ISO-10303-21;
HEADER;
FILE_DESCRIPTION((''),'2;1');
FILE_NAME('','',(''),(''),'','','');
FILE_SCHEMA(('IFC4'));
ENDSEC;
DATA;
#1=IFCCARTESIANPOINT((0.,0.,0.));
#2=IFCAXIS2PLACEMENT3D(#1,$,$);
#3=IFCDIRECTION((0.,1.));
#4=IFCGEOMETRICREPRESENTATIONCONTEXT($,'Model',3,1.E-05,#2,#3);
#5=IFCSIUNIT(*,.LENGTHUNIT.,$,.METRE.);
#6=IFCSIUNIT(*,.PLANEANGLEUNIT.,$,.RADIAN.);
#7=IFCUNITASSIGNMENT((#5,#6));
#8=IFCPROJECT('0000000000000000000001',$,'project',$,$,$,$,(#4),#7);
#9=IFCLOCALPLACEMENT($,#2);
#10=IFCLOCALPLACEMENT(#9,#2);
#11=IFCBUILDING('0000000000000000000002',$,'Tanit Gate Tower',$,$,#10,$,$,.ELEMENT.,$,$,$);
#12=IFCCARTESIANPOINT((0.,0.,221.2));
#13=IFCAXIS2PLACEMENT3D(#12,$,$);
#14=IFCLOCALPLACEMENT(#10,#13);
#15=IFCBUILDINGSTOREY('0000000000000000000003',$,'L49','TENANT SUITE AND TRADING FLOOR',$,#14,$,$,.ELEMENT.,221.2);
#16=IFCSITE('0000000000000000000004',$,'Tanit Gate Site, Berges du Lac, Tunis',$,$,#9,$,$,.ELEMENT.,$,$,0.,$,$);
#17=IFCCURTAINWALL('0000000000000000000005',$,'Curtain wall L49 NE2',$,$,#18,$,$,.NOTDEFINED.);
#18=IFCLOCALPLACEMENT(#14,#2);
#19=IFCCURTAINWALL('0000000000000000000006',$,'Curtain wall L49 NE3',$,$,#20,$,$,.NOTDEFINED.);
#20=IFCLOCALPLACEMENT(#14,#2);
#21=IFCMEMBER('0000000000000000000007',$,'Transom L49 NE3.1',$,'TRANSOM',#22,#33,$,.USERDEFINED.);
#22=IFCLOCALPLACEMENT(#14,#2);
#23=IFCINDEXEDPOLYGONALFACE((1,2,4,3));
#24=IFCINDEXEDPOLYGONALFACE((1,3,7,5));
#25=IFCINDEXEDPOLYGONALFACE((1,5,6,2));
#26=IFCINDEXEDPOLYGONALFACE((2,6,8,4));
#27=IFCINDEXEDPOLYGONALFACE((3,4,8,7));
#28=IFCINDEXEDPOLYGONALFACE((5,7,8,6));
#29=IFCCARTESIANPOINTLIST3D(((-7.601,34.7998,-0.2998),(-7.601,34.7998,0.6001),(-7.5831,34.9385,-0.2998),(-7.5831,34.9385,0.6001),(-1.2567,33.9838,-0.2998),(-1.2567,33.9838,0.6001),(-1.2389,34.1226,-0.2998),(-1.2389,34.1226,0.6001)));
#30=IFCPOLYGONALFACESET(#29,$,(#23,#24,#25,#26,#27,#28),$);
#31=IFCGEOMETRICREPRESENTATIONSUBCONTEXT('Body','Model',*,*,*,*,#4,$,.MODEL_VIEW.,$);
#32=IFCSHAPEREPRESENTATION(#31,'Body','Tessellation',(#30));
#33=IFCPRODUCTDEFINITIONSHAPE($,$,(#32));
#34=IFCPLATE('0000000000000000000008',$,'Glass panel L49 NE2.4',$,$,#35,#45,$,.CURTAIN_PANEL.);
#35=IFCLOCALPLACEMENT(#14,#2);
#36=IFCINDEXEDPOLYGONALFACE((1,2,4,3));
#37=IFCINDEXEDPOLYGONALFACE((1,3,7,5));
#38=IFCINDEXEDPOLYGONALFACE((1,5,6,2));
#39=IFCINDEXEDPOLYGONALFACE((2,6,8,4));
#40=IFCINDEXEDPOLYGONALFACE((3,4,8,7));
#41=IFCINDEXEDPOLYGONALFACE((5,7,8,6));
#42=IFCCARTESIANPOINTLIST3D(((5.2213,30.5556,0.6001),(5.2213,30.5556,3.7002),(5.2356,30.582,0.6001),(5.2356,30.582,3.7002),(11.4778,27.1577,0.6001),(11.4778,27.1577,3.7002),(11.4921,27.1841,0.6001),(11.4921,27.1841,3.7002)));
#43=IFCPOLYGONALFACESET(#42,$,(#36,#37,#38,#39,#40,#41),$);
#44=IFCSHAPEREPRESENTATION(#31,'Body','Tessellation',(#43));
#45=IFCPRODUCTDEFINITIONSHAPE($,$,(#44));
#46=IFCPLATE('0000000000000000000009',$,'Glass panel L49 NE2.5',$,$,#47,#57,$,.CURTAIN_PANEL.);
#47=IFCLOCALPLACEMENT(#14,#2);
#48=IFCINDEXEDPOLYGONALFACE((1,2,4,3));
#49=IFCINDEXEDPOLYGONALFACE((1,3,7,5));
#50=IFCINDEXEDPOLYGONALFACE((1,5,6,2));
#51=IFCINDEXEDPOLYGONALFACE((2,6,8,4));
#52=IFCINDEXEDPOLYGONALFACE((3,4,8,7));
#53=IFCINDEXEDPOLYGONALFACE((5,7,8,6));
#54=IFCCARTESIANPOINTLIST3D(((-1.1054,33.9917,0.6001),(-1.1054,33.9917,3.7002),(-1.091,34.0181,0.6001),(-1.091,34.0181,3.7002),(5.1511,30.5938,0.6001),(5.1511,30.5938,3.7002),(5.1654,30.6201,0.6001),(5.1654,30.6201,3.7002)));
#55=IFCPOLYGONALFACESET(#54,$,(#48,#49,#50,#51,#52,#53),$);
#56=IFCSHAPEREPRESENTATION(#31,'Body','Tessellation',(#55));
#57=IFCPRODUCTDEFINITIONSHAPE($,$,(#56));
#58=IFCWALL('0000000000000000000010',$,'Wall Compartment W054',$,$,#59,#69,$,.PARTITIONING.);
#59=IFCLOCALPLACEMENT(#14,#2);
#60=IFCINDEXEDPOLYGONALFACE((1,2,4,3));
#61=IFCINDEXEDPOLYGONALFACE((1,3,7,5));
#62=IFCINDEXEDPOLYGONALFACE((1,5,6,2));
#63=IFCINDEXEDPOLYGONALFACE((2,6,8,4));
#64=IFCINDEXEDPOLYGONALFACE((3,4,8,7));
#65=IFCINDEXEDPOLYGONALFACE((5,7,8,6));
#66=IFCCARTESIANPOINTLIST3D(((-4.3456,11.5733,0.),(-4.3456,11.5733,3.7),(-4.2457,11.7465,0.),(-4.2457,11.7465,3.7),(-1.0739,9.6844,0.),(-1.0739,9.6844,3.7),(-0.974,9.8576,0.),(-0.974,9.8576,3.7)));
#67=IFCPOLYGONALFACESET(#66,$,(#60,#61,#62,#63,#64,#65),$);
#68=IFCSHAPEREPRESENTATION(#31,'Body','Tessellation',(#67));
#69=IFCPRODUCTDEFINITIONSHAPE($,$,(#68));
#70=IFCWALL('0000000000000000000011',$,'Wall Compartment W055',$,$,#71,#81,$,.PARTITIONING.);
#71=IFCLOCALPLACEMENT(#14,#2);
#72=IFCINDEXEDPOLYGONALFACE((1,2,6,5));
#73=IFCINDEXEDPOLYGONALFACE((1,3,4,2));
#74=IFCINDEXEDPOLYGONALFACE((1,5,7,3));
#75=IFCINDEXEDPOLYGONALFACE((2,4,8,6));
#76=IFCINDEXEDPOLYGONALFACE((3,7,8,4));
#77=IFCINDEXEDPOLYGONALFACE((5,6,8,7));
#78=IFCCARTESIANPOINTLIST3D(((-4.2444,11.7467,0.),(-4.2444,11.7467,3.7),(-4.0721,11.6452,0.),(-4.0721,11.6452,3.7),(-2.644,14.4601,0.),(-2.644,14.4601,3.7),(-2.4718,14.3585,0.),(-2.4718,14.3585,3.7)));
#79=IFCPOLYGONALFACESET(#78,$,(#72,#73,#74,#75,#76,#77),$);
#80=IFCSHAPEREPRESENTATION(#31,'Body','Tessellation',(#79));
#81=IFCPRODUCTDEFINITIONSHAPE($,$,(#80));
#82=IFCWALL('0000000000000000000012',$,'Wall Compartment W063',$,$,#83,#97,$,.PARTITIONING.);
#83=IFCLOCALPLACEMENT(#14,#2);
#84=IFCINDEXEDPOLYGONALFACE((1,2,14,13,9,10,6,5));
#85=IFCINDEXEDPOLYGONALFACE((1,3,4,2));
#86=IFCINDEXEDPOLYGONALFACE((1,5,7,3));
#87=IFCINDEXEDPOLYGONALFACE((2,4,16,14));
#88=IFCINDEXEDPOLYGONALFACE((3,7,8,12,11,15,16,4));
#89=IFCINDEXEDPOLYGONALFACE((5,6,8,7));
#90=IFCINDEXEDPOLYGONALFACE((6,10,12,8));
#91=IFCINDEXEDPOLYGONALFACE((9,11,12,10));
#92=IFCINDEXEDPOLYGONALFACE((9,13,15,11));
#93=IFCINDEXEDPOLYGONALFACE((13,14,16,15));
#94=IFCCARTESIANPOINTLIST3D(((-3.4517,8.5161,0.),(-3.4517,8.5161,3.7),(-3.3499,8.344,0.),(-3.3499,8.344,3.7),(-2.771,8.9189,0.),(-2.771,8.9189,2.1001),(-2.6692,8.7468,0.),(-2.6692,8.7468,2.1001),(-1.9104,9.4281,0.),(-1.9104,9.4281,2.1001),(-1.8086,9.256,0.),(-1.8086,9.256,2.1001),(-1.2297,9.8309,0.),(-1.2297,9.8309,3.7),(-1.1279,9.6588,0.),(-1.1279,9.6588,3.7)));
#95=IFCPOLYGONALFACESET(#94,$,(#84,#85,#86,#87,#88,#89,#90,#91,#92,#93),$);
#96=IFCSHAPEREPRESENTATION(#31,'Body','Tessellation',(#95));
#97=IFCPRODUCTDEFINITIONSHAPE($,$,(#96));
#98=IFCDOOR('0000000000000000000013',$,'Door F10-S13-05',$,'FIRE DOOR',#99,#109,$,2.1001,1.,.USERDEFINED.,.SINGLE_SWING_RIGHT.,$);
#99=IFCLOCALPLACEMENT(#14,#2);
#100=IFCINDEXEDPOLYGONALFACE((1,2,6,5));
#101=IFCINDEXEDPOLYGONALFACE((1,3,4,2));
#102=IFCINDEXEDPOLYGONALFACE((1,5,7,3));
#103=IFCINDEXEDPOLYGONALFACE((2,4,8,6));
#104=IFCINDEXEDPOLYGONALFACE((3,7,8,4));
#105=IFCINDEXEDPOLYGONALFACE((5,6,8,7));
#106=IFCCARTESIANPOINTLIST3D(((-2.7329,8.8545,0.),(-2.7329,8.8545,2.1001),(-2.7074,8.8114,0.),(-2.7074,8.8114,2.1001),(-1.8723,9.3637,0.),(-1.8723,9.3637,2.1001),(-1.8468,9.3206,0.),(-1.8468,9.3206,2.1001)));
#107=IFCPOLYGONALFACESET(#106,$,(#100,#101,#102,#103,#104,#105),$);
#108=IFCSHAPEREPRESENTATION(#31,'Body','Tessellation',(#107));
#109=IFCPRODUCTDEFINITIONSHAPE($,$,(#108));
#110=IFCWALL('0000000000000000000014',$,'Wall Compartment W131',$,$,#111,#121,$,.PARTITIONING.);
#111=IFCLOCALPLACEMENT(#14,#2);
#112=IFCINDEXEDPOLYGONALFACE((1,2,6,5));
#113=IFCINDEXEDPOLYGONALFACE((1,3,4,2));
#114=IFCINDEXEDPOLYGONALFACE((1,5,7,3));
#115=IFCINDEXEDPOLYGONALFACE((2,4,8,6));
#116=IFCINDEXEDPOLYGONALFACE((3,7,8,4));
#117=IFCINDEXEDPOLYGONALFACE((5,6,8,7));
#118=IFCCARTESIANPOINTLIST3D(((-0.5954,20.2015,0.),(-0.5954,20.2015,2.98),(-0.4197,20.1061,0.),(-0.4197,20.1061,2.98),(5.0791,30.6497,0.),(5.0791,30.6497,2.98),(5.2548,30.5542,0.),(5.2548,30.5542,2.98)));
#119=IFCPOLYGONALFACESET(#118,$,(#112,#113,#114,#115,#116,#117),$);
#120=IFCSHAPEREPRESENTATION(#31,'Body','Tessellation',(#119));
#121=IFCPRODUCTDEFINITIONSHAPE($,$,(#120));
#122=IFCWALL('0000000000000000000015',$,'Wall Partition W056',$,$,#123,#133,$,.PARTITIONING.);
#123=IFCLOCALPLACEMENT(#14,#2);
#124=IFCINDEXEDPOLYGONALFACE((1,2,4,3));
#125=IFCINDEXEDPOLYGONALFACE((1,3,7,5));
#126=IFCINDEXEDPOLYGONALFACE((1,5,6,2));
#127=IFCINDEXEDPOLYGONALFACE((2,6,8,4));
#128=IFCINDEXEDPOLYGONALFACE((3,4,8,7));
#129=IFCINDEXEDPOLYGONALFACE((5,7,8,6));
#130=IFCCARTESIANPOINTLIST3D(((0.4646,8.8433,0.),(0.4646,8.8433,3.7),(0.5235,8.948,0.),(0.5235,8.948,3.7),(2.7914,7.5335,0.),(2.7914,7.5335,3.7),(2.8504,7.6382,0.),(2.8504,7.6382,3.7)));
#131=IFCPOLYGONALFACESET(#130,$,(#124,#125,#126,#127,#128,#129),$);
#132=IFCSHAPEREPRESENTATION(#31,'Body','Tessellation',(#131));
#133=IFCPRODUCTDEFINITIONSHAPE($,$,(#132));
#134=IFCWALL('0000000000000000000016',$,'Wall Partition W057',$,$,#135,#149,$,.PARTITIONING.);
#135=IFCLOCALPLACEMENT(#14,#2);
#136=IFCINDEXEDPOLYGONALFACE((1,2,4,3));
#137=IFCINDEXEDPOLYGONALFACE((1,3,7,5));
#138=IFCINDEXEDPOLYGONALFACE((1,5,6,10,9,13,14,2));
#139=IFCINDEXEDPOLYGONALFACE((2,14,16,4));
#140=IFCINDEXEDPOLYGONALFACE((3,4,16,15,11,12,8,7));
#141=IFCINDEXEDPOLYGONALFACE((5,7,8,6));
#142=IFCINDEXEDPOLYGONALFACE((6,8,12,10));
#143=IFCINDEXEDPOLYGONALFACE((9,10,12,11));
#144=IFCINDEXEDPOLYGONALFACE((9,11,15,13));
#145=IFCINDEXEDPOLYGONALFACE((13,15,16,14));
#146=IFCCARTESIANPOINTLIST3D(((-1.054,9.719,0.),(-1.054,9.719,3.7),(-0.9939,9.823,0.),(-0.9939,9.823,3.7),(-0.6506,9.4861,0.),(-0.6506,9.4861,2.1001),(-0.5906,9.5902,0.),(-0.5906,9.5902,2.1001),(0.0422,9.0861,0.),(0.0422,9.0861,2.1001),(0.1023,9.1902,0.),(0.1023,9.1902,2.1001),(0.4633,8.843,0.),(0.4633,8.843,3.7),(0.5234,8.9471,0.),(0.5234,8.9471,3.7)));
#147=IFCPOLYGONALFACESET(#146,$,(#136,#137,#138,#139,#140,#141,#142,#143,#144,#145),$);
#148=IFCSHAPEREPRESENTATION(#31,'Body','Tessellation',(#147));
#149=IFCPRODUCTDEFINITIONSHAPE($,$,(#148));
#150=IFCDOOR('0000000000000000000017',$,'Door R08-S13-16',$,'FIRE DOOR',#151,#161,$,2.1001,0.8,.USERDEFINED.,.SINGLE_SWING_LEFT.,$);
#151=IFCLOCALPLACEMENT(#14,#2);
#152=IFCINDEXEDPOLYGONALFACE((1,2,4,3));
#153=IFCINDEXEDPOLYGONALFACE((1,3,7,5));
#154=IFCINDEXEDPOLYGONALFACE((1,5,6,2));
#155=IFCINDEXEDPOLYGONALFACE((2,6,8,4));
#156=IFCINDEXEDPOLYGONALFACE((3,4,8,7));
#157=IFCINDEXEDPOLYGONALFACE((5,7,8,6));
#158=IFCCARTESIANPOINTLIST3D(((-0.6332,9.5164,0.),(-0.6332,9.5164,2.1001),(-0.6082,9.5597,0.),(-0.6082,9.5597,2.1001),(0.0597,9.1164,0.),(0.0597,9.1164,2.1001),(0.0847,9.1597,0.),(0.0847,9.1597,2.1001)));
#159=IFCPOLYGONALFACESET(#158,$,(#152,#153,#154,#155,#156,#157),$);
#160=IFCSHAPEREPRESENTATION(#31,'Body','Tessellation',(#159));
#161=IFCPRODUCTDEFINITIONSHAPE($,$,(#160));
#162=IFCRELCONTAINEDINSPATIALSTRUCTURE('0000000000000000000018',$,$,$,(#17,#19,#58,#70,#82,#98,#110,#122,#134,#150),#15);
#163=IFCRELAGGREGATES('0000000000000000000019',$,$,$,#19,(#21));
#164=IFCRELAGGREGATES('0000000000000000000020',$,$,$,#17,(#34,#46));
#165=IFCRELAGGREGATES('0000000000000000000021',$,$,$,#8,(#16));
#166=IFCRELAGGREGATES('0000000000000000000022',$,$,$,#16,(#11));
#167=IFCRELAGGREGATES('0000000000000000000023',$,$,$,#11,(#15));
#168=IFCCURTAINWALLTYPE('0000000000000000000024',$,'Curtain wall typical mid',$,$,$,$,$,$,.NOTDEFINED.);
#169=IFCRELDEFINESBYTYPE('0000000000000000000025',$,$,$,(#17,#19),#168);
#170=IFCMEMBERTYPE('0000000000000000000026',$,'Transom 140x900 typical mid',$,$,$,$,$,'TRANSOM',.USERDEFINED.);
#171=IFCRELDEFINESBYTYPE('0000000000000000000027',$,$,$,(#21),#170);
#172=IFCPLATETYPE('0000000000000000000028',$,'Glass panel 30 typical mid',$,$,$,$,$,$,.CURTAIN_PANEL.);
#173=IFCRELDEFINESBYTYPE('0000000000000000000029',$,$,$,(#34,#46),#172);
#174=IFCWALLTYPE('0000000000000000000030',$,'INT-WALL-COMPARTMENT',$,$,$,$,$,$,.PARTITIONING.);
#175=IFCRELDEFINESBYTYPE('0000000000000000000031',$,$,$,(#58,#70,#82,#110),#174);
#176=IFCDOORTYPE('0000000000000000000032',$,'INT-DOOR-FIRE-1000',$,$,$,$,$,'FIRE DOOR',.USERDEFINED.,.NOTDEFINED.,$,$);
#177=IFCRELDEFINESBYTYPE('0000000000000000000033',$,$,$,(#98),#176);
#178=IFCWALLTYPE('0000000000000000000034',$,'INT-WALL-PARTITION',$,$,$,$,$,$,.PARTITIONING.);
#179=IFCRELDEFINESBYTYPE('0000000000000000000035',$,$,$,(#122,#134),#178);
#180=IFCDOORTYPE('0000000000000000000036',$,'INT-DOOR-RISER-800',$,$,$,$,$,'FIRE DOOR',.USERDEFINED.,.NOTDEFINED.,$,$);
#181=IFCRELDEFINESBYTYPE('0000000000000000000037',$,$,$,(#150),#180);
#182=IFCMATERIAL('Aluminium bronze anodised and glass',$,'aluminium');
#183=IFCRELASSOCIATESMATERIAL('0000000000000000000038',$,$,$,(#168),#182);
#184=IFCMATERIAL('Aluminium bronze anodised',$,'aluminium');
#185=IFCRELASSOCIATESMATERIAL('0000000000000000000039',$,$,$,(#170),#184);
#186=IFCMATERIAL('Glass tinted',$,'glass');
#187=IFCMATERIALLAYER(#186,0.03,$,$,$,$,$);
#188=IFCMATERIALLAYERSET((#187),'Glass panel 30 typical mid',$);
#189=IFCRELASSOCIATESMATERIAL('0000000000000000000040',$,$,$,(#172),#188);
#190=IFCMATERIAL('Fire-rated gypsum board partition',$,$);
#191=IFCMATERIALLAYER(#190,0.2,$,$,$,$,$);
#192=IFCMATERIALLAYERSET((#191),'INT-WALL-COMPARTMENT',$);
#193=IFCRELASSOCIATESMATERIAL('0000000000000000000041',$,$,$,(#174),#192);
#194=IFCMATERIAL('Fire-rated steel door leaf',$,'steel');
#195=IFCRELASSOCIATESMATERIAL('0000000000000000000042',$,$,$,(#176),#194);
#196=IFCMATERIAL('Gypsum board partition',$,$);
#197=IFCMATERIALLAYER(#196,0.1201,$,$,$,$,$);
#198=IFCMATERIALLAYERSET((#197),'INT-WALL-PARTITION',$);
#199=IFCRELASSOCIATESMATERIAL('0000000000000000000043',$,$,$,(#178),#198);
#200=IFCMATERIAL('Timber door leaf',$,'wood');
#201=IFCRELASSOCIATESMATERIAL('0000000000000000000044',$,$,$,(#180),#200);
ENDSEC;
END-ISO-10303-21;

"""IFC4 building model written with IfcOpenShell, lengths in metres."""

from ifc_helpers import new_model, si_unit, direction, frame, frame_2d, origin, origin_2d, place, context, subcontext, project, spatial, rectangle, extrude, material, layer, layer_set, material_profile, profile_set, type_object, element, fill, aggregate, save


model = new_model("IFC4")

# Units and contexts
model_context = context("Model", 3, precision=1e-05, world=origin(), true_north=direction((0.0, 1.0)))
body_context = subcontext(model_context, "Body", "Model", "MODEL_VIEW")
ifc_project = project(units=[si_unit("LENGTHUNIT", "METRE"), si_unit("PLANEANGLEUNIT", "RADIAN")], contexts=[model_context])

# Site, building, storey
site_placement = place(None, origin())
site = spatial("IfcSite", under=ifc_project, at=site_placement, Name="Tanit Gate Site, Berges du Lac, Tunis", CompositionType="ELEMENT", RefElevation=0.0)
building_placement = place(site_placement, origin())
building = spatial("IfcBuilding", under=site, at=building_placement, Name="Tanit Gate Tower", CompositionType="ELEMENT")
storey_placement = place(building_placement, frame((0.0, 0.0, 221.2)))
storey = spatial("IfcBuildingStorey", under=building, at=storey_placement, Name="L49", Description="TENANT SUITE AND TRADING FLOOR", CompositionType="ELEMENT", Elevation=221.2)

# Curtain walls
ifc_material_1 = material(Name="Aluminium bronze anodised and glass", Category="aluminium")
curtain_wall_type = type_object("IfcCurtainWallType", Name="Curtain wall typical mid", PredefinedType="NOTDEFINED", material=ifc_material_1)
curtain_wall_1_placement = place(storey_placement, origin())
curtain_wall_1 = element("IfcCurtainWall", 1, at=curtain_wall_1_placement, inside=storey, type_object=curtain_wall_type, Name="Curtain wall L49 NE2", PredefinedType="NOTDEFINED")
curtain_wall_2_placement = place(storey_placement, origin())
curtain_wall_2 = element("IfcCurtainWall", 2, at=curtain_wall_2_placement, inside=storey, type_object=curtain_wall_type, Name="Curtain wall L49 NE3", PredefinedType="NOTDEFINED")

# Member
ifc_material_2 = material(Name="Aluminium bronze anodised", Category="aluminium")
ifc_material_profile_1 = material_profile(ifc_material_2, rectangle(XDim=0.1399, YDim=0.8999, at=origin_2d()), Name="140x900 bronze transom")
ifc_profile_set_1 = profile_set([ifc_material_profile_1], Name="Aluminium bronze anodised")
member_type_1 = type_object("IfcMemberType", Name="Transom 140x900 typical mid", ElementType="TRANSOM", PredefinedType="USERDEFINED", material=ifc_profile_set_1)
member_1_placement = place(storey_placement, frame((-1.2478, 34.0532, 0.1501), z_axis=(-0.991831, 0.127557, 0.0), x_axis=(-0.127557, -0.991831, 0.0)))
member_1 = element("IfcMember", 3, at=member_1_placement, type_object=member_type_1, Name="Transom L49 NE3.1", ObjectType="TRANSOM", PredefinedType="USERDEFINED", context=body_context, shape_type="SweptSolid", body=[
    extrude(rectangle(XDim=0.1399, YDim=0.8999, at=origin_2d()), origin(), (0.0, 0.0, 1.0), 6.3965),
])
aggregate(curtain_wall_2, [member_1])

# Plates
ifc_material_3 = material(Name="Glass tinted", Category="glass")
ifc_layer_1 = layer(ifc_material_3, 0.03)
ifc_layer_set_1 = layer_set([ifc_layer_1], Name="Glass panel 30 typical mid")
plate_type = type_object("IfcPlateType", Name="Glass panel 30 typical mid", PredefinedType="CURTAIN_PANEL", material=ifc_layer_set_1)
plate_1_placement = place(storey_placement, frame((8.3567, 28.8699, 0.6001), z_axis=(0.0, 0.0, 1.0), x_axis=(-0.878762, 0.477259, 0.0)))
plate_1 = element("IfcPlate", 4, at=plate_1_placement, type_object=plate_type, Name="Glass panel L49 NE2.4", PredefinedType="CURTAIN_PANEL", context=body_context, shape_type="SweptSolid", body=[
    extrude(rectangle(XDim=7.1196, YDim=0.03, at=origin_2d()), origin(), (0.0, 0.0, 1.0), 3.1001),
])
plate_2_placement = place(storey_placement, frame((2.03, 32.3059, 0.6001), z_axis=(0.0, 0.0, 1.0), x_axis=(-0.878762, 0.477259, 0.0)))
plate_2 = element("IfcPlate", 5, at=plate_2_placement, type_object=plate_type, Name="Glass panel L49 NE2.5", PredefinedType="CURTAIN_PANEL", context=body_context, shape_type="SweptSolid", body=[
    extrude(rectangle(XDim=7.1196, YDim=0.03, at=origin_2d()), origin(), (0.0, 0.0, 1.0), 3.1001),
])
aggregate(curtain_wall_1, [plate_1, plate_2])

# Walls
ifc_material_4 = material(Name="Fire-rated gypsum board partition")
ifc_layer_2 = layer(ifc_material_4, 0.2)
ifc_layer_set_2 = layer_set([ifc_layer_2], Name="INT-WALL-COMPARTMENT")
wall_type_1 = type_object("IfcWallType", Name="INT-WALL-COMPARTMENT", PredefinedType="PARTITIONING", material=ifc_layer_set_2)
wall_1_placement = place(storey_placement, frame((-4.2957, 11.6599, 0.0), z_axis=(0.0, 0.0, 1.0), x_axis=(0.866027, -0.499997, 0.0)))
element("IfcWall", 6, at=wall_1_placement, inside=storey, type_object=wall_type_1, Name="Wall Compartment W054", PredefinedType="PARTITIONING", context=body_context, shape_type="SweptSolid", body=[
    extrude(rectangle(XDim=3.7778, YDim=0.2, at=frame_2d((1.8889, 0.0))), origin(), (0.0, 0.0, 1.0), 3.7),
])
wall_2_placement = place(storey_placement, frame((-2.5579, 14.4094, 0.0), z_axis=(0.0, 0.0, 1.0), x_axis=(-0.508019, -0.861346, 0.0)))
element("IfcWall", 7, at=wall_2_placement, inside=storey, type_object=wall_type_1, Name="Wall Compartment W055", PredefinedType="PARTITIONING", context=body_context, shape_type="SweptSolid", body=[
    extrude(rectangle(XDim=3.1501, YDim=0.2, at=frame_2d((1.5752, 0.0))), origin(), (0.0, 0.0, 1.0), 3.7),
])

# Wall, opening, door
wall_3_placement = place(storey_placement, frame((-1.1787, 9.7449, 0.0), z_axis=(0.0, 0.0, 1.0), x_axis=(-0.860631, -0.509229, 0.0)))
wall_3 = element("IfcWall", 8, at=wall_3_placement, inside=storey, type_object=wall_type_1, Name="Wall Compartment W063", PredefinedType="PARTITIONING", context=body_context, shape_type="SweptSolid", body=[
    extrude(rectangle(XDim=2.5818, YDim=0.2, at=frame_2d((1.291, 0.0))), origin(), (0.0, 0.0, 1.0), 3.7),
])
opening_1_placement = place(wall_3_placement, frame((0.791, 0.0, 0.0)))
opening_1 = element("IfcOpeningElement", 9, at=opening_1_placement, cuts=wall_3, PredefinedType="OPENING", context=body_context, shape_type="SweptSolid", body=[
    extrude(rectangle(XDim=1.0, YDim=2.1001, at=frame_2d((0.5, 1.05))), frame((0.0, 0.1099, 0.0), z_axis=(0.0, -1.0, 0.0), x_axis=(1.0, 0.0, 0.0)), (0.0, 0.0, 1.0), 0.22),
])
ifc_material_5 = material(Name="Fire-rated steel door leaf", Category="steel")
door_type_1 = type_object("IfcDoorType", Name="INT-DOOR-FIRE-1000", ElementType="FIRE DOOR", OperationType="NOTDEFINED", PredefinedType="USERDEFINED", material=ifc_material_5)
door_1_placement = place(opening_1_placement, origin())
door_1 = element("IfcDoor", 10, at=door_1_placement, inside=storey, type_object=door_type_1, Name="Door F10-S13-05", ObjectType="FIRE DOOR", OperationType="SINGLE_SWING_RIGHT", OverallHeight=2.1001, OverallWidth=1.0, PredefinedType="USERDEFINED", context=body_context, shape_type="SweptSolid", body=[
    extrude(rectangle(XDim=1.0, YDim=2.1001, at=frame_2d((0.5, 1.05))), frame((0.0, 0.0249, 0.0), z_axis=(0.0, -1.0, 0.0), x_axis=(1.0, 0.0, 0.0)), (0.0, 0.0, 1.0), 0.05),
])
fill(opening_1, door_1)

# Walls
wall_4_placement = place(storey_placement, frame((-0.5076, 20.1538, 0.0), z_axis=(0.0, 0.0, 1.0), x_axis=(0.477264, 0.87876, 0.0)))
element("IfcWall", 11, at=wall_4_placement, inside=storey, type_object=wall_type_1, Name="Wall Compartment W131", PredefinedType="PARTITIONING", context=body_context, shape_type="SweptSolid", body=[
    extrude(rectangle(XDim=11.8896, YDim=0.2, at=frame_2d((5.9448, 0.0))), origin(), (0.0, 0.0, 1.0), 2.98),
])
ifc_material_6 = material(Name="Gypsum board partition")
ifc_layer_3 = layer(ifc_material_6, 0.1201)
ifc_layer_set_3 = layer_set([ifc_layer_3], Name="INT-WALL-PARTITION")
wall_type_2 = type_object("IfcWallType", Name="INT-WALL-PARTITION", PredefinedType="PARTITIONING", material=ifc_layer_set_3)
wall_5_placement = place(storey_placement, frame((2.8208, 7.5859, 0.0), z_axis=(0.0, 0.0, 1.0), x_axis=(-0.871427, 0.490526, 0.0)))
element("IfcWall", 12, at=wall_5_placement, inside=storey, type_object=wall_type_2, Name="Wall Partition W056", PredefinedType="PARTITIONING", context=body_context, shape_type="SweptSolid", body=[
    extrude(rectangle(XDim=2.6702, YDim=0.1201, at=frame_2d((1.335, 0.0))), origin(), (0.0, 0.0, 1.0), 3.7),
])

# Wall, opening, door
wall_6_placement = place(storey_placement, frame((-1.0239, 9.771, 0.0), z_axis=(0.0, 0.0, 1.0), x_axis=(0.866039, -0.499976, 0.0)))
wall_6 = element("IfcWall", 13, at=wall_6_placement, inside=storey, type_object=wall_type_2, Name="Wall Partition W057", PredefinedType="PARTITIONING", context=body_context, shape_type="SweptSolid", body=[
    extrude(rectangle(XDim=1.752, YDim=0.1201, at=frame_2d((0.876, 0.0))), origin(), (0.0, 0.0, 1.0), 3.7),
])
opening_2_placement = place(wall_6_placement, frame((0.4658, 0.0, 0.0)))
opening_2 = element("IfcOpeningElement", 14, at=opening_2_placement, cuts=wall_6, PredefinedType="OPENING", context=body_context, shape_type="SweptSolid", body=[
    extrude(rectangle(XDim=0.8, YDim=2.1001, at=frame_2d((0.3999, 1.05))), frame((0.0, 0.0701, 0.0), z_axis=(0.0, -1.0, 0.0), x_axis=(1.0, 0.0, 0.0)), (0.0, 0.0, 1.0), 0.1401),
])
ifc_material_7 = material(Name="Timber door leaf", Category="wood")
door_type_2 = type_object("IfcDoorType", Name="INT-DOOR-RISER-800", ElementType="FIRE DOOR", OperationType="NOTDEFINED", PredefinedType="USERDEFINED", material=ifc_material_7)
door_2_placement = place(opening_2_placement, origin())
door_2 = element("IfcDoor", 15, at=door_2_placement, inside=storey, type_object=door_type_2, Name="Door R08-S13-16", ObjectType="FIRE DOOR", OperationType="SINGLE_SWING_LEFT", OverallHeight=2.1001, OverallWidth=0.8, PredefinedType="USERDEFINED", context=body_context, shape_type="SweptSolid", body=[
    extrude(rectangle(XDim=0.8, YDim=2.1001, at=frame_2d((0.3999, 1.05))), frame((0.0, 0.0249, 0.0), z_axis=(0.0, -1.0, 0.0), x_axis=(1.0, 0.0, 0.0)), (0.0, 0.0, 1.0), 0.05),
])
fill(opening_2, door_2)

save(model, "model.ifc")
